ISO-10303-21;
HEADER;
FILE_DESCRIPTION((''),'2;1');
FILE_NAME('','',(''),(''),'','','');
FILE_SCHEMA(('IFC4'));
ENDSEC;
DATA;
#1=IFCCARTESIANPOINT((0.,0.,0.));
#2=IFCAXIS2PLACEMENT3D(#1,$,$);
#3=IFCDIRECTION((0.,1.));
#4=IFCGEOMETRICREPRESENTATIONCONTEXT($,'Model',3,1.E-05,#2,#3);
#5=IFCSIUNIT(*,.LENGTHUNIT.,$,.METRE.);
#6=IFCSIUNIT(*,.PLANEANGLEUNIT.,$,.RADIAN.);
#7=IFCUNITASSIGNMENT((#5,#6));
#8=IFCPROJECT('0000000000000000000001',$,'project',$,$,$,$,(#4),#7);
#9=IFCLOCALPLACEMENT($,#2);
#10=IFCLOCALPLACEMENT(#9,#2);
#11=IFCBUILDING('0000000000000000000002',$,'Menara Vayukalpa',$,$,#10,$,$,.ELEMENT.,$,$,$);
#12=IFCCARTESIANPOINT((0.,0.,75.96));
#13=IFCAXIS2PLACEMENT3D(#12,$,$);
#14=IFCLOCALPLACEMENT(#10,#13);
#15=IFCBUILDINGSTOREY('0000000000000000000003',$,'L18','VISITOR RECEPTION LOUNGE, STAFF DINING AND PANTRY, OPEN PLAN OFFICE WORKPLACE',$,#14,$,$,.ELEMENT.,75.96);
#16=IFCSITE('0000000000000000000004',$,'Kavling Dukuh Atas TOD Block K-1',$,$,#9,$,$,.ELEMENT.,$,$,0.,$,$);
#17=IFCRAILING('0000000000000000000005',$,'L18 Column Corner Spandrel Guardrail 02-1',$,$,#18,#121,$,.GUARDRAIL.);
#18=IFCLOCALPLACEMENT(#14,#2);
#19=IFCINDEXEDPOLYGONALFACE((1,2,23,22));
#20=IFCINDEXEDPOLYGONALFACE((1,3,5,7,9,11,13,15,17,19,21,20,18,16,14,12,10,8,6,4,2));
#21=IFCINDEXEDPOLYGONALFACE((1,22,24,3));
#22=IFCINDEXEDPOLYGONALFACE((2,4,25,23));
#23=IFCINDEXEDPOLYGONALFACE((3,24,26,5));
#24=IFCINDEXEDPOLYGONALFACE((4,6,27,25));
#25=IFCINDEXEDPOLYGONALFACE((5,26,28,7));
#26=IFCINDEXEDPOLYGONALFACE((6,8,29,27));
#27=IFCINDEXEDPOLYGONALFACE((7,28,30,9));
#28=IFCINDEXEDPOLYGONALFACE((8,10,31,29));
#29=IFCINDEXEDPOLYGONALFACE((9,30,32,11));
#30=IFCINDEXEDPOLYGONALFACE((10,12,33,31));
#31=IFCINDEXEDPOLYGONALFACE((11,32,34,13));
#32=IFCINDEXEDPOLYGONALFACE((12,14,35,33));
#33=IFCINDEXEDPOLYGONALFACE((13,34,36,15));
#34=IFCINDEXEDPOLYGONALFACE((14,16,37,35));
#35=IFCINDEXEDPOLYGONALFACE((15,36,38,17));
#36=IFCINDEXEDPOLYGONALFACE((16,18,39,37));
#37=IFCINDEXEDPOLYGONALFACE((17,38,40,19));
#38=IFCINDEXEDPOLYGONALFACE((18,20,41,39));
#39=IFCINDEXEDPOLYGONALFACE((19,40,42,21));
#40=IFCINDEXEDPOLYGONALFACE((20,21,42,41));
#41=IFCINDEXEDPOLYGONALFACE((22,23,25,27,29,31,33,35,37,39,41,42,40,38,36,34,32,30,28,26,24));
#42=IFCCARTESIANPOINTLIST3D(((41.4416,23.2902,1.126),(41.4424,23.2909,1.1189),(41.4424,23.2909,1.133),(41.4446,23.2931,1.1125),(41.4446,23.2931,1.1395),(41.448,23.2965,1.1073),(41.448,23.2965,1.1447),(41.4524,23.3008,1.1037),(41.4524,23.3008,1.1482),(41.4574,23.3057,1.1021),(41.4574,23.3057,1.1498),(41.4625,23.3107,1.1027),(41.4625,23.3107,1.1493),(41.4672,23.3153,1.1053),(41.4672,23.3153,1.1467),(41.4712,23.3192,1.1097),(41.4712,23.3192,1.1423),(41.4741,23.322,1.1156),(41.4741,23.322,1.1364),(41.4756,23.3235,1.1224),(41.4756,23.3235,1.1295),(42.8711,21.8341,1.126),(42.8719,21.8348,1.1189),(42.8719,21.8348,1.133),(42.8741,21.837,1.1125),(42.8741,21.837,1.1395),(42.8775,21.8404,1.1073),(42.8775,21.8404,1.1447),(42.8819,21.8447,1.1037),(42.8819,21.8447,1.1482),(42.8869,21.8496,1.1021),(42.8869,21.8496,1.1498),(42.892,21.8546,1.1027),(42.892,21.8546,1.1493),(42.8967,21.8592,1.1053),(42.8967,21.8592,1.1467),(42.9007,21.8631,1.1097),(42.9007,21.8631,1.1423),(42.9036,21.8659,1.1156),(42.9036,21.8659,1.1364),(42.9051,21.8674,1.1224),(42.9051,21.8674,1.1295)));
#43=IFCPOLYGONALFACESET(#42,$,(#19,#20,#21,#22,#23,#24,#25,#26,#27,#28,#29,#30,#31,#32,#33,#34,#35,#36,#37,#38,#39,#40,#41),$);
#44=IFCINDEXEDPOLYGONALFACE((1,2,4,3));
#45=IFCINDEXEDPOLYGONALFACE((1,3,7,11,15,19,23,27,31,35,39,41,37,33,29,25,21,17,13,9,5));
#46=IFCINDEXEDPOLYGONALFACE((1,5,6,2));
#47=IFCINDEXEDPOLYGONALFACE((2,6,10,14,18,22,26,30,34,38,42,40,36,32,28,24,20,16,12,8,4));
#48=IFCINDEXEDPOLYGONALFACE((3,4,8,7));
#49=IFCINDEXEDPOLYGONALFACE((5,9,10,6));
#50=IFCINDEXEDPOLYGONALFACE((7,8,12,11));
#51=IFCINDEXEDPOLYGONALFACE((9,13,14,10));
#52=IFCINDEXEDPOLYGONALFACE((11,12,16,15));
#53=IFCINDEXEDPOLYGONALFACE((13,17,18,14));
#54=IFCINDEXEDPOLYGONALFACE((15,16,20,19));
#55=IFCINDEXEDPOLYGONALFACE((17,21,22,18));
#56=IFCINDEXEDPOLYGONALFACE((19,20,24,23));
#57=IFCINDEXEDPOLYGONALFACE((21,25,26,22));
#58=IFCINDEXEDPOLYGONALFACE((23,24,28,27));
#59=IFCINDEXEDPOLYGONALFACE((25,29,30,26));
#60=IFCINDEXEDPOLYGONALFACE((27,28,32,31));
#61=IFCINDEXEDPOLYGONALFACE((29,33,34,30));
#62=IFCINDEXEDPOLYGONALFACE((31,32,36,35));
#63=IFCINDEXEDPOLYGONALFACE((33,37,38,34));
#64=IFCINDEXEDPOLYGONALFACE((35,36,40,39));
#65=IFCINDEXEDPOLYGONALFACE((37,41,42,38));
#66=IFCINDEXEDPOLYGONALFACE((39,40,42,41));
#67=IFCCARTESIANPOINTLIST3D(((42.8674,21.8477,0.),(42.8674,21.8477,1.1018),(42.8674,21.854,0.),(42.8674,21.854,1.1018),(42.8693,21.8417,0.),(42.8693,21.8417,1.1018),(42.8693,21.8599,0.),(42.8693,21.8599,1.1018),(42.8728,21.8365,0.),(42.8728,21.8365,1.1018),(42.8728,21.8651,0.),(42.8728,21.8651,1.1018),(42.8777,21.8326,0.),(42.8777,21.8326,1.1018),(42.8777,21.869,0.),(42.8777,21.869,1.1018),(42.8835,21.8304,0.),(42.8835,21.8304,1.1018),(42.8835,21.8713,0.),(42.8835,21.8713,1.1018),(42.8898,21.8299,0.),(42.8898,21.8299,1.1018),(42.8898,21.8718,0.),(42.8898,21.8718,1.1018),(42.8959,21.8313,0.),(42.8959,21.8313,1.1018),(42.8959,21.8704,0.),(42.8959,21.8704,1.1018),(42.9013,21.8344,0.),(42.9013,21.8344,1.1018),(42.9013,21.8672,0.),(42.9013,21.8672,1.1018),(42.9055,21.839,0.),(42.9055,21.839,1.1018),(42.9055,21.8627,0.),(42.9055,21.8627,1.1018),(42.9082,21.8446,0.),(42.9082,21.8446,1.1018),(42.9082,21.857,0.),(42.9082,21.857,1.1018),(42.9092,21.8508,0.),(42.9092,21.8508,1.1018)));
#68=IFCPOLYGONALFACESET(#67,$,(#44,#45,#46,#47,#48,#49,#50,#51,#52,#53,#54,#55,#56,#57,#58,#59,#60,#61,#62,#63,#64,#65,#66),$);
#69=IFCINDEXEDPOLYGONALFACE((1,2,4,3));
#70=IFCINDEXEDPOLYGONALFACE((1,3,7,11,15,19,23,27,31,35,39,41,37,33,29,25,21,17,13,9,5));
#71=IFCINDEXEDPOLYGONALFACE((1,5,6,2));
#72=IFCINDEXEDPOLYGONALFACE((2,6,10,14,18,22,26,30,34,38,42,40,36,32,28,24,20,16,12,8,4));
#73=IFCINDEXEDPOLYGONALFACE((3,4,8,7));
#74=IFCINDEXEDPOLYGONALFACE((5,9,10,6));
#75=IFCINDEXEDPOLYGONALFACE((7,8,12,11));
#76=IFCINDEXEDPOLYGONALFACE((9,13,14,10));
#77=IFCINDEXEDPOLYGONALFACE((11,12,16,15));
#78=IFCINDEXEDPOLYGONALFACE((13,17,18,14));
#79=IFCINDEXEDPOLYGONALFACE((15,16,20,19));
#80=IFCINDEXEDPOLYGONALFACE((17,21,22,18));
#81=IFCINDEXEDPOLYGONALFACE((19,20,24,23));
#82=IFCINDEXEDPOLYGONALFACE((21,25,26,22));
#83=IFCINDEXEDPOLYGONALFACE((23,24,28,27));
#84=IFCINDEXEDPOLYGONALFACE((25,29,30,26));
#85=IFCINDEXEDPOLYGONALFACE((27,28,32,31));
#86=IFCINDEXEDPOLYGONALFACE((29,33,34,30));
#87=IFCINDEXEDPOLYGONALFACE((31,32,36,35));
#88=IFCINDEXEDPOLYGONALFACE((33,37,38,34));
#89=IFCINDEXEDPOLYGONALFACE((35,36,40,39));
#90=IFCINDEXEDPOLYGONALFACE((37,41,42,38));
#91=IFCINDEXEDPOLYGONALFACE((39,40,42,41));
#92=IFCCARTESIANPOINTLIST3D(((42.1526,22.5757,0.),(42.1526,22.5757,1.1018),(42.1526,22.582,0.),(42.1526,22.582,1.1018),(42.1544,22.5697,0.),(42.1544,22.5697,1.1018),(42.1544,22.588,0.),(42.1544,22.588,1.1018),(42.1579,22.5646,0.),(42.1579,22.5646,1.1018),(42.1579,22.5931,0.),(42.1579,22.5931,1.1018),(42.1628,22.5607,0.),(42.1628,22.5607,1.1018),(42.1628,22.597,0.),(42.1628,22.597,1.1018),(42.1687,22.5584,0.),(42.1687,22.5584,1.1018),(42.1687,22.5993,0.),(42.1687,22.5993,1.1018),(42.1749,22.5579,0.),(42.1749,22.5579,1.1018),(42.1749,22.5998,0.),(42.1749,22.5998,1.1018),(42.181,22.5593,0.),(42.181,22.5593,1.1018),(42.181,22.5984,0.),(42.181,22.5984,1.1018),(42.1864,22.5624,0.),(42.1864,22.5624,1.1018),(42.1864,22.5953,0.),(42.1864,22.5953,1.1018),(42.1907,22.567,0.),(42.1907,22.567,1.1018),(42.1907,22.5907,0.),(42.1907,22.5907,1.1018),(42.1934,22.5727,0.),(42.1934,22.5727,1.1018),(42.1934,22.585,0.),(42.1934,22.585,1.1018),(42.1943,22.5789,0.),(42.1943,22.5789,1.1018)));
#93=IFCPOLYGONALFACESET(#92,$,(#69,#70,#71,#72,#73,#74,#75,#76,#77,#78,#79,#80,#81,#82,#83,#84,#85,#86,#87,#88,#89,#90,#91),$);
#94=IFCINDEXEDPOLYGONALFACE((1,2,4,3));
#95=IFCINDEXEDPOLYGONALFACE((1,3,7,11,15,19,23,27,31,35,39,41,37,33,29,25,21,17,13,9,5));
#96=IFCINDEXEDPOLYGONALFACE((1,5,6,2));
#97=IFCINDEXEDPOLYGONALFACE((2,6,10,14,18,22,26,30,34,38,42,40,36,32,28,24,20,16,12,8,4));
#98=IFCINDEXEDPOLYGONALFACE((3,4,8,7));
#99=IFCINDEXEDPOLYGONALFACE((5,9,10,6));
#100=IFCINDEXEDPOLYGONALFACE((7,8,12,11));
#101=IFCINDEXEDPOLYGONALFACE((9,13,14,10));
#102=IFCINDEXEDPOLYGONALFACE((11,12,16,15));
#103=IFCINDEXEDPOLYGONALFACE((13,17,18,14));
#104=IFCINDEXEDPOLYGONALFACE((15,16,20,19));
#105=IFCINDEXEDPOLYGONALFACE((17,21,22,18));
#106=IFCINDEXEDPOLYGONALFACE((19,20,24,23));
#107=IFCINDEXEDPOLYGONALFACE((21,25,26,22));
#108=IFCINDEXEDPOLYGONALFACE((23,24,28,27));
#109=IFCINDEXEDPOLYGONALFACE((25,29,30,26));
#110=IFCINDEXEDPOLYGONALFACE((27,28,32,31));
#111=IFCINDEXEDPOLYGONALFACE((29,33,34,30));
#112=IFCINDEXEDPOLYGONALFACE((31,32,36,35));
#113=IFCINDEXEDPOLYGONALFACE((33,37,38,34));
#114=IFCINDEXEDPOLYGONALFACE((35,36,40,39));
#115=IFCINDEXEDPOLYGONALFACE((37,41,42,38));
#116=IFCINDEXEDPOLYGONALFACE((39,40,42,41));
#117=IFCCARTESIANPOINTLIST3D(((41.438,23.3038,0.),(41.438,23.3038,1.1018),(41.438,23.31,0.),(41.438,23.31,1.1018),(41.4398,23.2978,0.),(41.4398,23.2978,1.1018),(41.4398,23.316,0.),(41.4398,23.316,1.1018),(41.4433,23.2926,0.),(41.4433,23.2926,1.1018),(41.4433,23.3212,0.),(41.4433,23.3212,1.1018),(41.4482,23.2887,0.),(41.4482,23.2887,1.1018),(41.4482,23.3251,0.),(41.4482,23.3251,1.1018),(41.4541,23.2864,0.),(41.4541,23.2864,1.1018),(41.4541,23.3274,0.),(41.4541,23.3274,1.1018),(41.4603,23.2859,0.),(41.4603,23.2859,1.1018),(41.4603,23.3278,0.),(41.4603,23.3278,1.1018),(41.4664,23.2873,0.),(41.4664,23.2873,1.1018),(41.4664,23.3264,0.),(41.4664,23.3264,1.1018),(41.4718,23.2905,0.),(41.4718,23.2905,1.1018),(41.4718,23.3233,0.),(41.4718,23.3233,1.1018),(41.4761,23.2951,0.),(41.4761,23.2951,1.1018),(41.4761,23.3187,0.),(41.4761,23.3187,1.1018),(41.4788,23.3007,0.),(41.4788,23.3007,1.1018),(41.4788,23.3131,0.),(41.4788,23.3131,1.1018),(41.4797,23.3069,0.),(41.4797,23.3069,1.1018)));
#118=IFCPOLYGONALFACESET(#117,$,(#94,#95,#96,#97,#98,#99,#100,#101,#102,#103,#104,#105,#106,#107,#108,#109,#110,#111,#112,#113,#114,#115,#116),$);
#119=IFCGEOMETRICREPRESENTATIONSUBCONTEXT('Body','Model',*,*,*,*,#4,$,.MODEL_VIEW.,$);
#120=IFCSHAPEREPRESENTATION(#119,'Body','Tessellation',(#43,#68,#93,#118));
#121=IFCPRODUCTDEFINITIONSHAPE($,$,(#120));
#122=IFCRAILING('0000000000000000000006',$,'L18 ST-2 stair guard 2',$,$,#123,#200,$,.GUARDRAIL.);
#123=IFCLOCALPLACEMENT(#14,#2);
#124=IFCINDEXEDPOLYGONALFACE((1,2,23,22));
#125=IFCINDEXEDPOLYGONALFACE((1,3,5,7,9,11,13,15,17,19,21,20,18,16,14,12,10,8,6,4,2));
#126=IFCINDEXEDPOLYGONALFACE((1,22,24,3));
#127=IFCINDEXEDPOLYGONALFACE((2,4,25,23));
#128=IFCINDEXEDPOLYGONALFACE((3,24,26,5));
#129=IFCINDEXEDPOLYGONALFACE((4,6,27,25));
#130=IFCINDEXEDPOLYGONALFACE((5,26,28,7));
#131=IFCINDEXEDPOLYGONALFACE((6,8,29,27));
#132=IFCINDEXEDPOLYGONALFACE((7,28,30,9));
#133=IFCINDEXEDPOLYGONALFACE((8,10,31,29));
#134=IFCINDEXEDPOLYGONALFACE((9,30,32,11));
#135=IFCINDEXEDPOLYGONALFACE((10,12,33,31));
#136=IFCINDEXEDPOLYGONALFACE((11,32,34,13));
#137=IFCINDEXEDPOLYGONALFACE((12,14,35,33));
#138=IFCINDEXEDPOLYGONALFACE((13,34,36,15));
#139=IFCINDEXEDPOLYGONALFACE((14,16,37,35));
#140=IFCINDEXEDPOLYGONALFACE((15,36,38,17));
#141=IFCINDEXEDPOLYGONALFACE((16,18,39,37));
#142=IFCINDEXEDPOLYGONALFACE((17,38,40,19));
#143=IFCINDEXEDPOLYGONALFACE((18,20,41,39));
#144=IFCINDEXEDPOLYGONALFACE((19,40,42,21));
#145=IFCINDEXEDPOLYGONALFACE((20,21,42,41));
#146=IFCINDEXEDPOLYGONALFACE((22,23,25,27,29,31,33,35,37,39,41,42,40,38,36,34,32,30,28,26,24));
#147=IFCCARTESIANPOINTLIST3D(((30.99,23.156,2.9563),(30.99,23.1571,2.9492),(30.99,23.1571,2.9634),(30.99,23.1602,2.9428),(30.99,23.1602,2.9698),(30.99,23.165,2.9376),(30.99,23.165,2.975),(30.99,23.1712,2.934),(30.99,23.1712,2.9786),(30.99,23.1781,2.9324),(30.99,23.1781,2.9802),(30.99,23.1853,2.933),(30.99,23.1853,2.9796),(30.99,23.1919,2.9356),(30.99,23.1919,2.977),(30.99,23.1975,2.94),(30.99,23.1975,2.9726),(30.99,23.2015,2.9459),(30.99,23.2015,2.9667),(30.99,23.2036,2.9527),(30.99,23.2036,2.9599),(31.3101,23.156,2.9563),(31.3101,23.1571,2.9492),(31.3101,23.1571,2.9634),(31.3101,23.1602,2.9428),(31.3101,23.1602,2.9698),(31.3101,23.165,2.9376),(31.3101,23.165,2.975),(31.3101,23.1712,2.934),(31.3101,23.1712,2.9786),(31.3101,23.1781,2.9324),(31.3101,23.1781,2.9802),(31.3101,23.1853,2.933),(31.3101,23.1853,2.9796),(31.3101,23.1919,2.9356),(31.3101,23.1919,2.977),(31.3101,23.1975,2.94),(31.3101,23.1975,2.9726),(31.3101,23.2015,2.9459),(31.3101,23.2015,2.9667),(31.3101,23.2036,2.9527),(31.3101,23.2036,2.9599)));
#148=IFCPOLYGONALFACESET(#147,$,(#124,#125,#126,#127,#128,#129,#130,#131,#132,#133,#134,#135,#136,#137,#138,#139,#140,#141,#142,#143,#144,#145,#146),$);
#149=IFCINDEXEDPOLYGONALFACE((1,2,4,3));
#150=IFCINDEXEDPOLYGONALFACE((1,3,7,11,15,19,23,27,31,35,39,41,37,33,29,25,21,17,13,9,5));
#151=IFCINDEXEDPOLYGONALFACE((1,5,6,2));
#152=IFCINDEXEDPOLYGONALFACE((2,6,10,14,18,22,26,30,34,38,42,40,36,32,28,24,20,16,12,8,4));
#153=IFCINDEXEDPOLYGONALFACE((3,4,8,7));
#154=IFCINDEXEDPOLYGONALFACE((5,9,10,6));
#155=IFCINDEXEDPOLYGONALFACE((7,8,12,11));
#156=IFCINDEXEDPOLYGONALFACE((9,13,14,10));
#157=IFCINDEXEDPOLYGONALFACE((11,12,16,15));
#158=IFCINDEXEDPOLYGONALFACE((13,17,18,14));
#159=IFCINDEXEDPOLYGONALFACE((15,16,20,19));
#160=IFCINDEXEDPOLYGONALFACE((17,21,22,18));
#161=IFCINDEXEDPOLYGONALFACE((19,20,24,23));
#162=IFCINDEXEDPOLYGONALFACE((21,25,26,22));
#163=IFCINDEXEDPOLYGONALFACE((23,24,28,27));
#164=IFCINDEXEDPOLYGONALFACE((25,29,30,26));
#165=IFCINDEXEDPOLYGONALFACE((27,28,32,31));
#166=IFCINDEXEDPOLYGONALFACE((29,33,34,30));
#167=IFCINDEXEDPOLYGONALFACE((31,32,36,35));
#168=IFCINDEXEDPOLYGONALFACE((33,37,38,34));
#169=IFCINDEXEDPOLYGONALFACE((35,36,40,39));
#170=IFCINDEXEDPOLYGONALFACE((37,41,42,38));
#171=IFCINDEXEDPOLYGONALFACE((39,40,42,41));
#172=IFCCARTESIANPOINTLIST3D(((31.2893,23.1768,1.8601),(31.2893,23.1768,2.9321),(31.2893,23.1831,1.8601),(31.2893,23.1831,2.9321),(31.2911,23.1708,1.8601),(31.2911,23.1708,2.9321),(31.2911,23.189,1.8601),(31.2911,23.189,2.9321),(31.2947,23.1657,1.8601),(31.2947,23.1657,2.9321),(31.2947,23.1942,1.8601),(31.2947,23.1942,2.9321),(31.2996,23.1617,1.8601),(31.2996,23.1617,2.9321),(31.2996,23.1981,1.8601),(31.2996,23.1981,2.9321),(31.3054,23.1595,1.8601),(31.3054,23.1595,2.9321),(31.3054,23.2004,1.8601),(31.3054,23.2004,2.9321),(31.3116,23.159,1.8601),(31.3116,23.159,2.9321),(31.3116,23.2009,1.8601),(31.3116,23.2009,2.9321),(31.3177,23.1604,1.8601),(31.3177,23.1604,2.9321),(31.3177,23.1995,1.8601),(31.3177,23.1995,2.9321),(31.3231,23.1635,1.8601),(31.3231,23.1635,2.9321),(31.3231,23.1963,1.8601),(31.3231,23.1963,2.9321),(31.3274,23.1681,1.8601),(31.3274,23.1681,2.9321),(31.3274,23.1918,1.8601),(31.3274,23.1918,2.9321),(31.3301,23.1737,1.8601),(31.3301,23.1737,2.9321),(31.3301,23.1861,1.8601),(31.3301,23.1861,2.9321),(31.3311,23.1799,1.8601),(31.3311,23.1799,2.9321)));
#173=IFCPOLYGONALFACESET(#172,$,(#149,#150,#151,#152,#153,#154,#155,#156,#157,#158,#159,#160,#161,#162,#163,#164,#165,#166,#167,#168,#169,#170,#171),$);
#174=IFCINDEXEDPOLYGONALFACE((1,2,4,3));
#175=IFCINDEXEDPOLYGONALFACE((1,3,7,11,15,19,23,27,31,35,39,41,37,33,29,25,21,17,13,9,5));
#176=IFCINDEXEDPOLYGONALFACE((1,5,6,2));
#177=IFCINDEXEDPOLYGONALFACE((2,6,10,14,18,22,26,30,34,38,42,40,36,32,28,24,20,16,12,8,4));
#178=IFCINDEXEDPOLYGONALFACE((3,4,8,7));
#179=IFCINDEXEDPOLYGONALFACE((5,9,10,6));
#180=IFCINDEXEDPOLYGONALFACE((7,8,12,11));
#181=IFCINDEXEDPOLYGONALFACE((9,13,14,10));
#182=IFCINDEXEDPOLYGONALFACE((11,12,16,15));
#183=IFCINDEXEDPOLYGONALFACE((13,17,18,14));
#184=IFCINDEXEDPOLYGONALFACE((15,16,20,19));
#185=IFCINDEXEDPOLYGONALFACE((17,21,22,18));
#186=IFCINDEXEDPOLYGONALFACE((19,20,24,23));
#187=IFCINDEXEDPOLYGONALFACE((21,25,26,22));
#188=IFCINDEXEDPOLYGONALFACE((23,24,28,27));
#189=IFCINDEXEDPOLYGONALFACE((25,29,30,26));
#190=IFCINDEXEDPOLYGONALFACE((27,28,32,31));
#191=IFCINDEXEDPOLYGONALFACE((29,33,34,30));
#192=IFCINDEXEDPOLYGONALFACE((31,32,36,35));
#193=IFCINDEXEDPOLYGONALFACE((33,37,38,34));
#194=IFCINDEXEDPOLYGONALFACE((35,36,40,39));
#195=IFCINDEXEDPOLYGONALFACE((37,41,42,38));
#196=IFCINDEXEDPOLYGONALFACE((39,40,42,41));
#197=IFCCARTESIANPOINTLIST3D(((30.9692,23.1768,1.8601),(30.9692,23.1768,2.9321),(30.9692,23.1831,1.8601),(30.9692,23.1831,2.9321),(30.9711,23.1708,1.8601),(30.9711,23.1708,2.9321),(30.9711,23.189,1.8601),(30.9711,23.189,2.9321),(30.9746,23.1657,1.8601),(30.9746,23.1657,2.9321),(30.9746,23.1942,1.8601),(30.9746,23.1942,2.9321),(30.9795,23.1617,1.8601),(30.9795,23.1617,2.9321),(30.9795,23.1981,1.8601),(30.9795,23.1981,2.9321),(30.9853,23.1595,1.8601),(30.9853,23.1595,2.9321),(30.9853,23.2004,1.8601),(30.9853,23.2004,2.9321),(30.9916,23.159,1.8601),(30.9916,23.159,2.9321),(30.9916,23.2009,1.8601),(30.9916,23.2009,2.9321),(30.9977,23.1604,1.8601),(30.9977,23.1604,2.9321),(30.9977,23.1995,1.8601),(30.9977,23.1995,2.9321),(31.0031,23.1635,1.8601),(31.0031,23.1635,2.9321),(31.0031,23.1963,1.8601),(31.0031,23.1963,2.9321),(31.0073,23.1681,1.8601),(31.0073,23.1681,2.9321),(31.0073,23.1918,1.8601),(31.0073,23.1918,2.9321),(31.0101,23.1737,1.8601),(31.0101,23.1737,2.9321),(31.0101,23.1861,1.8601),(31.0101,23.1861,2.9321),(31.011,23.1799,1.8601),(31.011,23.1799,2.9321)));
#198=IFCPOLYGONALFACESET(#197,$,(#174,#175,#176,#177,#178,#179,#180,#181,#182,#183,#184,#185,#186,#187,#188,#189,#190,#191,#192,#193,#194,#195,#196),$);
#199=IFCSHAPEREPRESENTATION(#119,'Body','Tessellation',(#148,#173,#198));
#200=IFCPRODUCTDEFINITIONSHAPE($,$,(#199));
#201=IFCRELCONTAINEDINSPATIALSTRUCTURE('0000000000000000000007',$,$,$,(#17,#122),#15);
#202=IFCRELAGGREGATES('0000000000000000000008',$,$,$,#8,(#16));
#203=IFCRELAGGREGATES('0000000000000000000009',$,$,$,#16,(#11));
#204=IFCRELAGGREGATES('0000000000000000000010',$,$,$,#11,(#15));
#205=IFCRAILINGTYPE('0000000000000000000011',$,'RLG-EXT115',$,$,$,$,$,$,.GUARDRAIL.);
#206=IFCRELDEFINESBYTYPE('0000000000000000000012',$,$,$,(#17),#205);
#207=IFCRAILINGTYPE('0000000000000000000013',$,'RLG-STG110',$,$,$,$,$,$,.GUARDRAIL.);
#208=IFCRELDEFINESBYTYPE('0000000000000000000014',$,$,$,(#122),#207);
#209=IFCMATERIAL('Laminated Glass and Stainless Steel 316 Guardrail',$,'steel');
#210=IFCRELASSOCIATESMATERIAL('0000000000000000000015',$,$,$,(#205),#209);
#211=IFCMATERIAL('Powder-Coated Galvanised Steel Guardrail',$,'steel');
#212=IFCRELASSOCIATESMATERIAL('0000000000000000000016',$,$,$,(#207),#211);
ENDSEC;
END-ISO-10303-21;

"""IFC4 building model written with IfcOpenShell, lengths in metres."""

from ifc_helpers import new_model, si_unit, direction, frame, origin, origin_2d, place, context, subcontext, project, spatial, circle, extrude, material, type_object, element, save


model = new_model("IFC4")

# Units and contexts
model_context = context("Model", 3, precision=1e-05, world=origin(), true_north=direction((0.0, 1.0)))
body_context = subcontext(model_context, "Body", "Model", "MODEL_VIEW")
ifc_project = project(units=[si_unit("LENGTHUNIT", "METRE"), si_unit("PLANEANGLEUNIT", "RADIAN")], contexts=[model_context])

# Site, building, storey
site_placement = place(None, origin())
site = spatial("IfcSite", under=ifc_project, at=site_placement, Name="Kavling Dukuh Atas TOD Block K-1", CompositionType="ELEMENT", RefElevation=0.0)
building_placement = place(site_placement, origin())
building = spatial("IfcBuilding", under=site, at=building_placement, Name="Menara Vayukalpa", CompositionType="ELEMENT")
storey_placement = place(building_placement, frame((0.0, 0.0, 75.96)))
storey = spatial("IfcBuildingStorey", under=building, at=storey_placement, Name="L18", Description="VISITOR RECEPTION LOUNGE, STAFF DINING AND PANTRY, OPEN PLAN OFFICE WORKPLACE", CompositionType="ELEMENT", Elevation=75.96)

# Railings
ifc_material_1 = material(Name="Laminated Glass and Stainless Steel 316 Guardrail", Category="steel")
railing_type_1 = type_object("IfcRailingType", Name="RLG-EXT115", PredefinedType="GUARDRAIL", material=ifc_material_1)
railing_1_placement = place(storey_placement, frame((42.8882, 21.8508, 0.0)))
element("IfcRailing", 1, at=railing_1_placement, inside=storey, type_object=railing_type_1, Name="L18 Column Corner Spandrel Guardrail 02-1", PredefinedType="GUARDRAIL", context=body_context, shape_type="SweptSolid", body=[
    extrude(circle(Radius=0.0239, at=origin_2d()), frame((0.0, 0.0, 1.126), z_axis=(-0.700556, 0.713598, 0.0), x_axis=(-0.713598, -0.700556, 0.0)), (0.0, 0.0, 1.0), 2.0405),
    extrude(circle(Radius=0.021, at=origin_2d()), origin(), (0.0, 0.0, 1.0), 1.1018),
    extrude(circle(Radius=0.021, at=origin_2d()), frame((-0.7148, 0.728, 0.0)), (0.0, 0.0, 1.0), 1.1018),
    extrude(circle(Radius=0.021, at=origin_2d()), frame((-1.4294, 1.4561, 0.0)), (0.0, 0.0, 1.0), 1.1018),
])
ifc_material_2 = material(Name="Powder-Coated Galvanised Steel Guardrail", Category="steel")
railing_type_2 = type_object("IfcRailingType", Name="RLG-STG110", PredefinedType="GUARDRAIL", material=ifc_material_2)
railing_2_placement = place(storey_placement, frame((31.3101, 23.1799, 1.8601)))
element("IfcRailing", 2, at=railing_2_placement, inside=storey, type_object=railing_type_2, Name="L18 ST-2 stair guard 2", PredefinedType="GUARDRAIL", context=body_context, shape_type="SweptSolid", body=[
    extrude(circle(Radius=0.0239, at=origin_2d()), frame((0.0, 0.0, 1.0962), z_axis=(-1.0, 0.0, 0.0), x_axis=(0.0, -1.0, 0.0)), (0.0, 0.0, 1.0), 0.3201),
    extrude(circle(Radius=0.021, at=origin_2d()), origin(), (0.0, 0.0, 1.0), 1.072),
    extrude(circle(Radius=0.021, at=origin_2d()), frame((-0.3201, 0.0, 0.0)), (0.0, 0.0, 1.0), 1.072),
])

save(model, "model.ifc")
